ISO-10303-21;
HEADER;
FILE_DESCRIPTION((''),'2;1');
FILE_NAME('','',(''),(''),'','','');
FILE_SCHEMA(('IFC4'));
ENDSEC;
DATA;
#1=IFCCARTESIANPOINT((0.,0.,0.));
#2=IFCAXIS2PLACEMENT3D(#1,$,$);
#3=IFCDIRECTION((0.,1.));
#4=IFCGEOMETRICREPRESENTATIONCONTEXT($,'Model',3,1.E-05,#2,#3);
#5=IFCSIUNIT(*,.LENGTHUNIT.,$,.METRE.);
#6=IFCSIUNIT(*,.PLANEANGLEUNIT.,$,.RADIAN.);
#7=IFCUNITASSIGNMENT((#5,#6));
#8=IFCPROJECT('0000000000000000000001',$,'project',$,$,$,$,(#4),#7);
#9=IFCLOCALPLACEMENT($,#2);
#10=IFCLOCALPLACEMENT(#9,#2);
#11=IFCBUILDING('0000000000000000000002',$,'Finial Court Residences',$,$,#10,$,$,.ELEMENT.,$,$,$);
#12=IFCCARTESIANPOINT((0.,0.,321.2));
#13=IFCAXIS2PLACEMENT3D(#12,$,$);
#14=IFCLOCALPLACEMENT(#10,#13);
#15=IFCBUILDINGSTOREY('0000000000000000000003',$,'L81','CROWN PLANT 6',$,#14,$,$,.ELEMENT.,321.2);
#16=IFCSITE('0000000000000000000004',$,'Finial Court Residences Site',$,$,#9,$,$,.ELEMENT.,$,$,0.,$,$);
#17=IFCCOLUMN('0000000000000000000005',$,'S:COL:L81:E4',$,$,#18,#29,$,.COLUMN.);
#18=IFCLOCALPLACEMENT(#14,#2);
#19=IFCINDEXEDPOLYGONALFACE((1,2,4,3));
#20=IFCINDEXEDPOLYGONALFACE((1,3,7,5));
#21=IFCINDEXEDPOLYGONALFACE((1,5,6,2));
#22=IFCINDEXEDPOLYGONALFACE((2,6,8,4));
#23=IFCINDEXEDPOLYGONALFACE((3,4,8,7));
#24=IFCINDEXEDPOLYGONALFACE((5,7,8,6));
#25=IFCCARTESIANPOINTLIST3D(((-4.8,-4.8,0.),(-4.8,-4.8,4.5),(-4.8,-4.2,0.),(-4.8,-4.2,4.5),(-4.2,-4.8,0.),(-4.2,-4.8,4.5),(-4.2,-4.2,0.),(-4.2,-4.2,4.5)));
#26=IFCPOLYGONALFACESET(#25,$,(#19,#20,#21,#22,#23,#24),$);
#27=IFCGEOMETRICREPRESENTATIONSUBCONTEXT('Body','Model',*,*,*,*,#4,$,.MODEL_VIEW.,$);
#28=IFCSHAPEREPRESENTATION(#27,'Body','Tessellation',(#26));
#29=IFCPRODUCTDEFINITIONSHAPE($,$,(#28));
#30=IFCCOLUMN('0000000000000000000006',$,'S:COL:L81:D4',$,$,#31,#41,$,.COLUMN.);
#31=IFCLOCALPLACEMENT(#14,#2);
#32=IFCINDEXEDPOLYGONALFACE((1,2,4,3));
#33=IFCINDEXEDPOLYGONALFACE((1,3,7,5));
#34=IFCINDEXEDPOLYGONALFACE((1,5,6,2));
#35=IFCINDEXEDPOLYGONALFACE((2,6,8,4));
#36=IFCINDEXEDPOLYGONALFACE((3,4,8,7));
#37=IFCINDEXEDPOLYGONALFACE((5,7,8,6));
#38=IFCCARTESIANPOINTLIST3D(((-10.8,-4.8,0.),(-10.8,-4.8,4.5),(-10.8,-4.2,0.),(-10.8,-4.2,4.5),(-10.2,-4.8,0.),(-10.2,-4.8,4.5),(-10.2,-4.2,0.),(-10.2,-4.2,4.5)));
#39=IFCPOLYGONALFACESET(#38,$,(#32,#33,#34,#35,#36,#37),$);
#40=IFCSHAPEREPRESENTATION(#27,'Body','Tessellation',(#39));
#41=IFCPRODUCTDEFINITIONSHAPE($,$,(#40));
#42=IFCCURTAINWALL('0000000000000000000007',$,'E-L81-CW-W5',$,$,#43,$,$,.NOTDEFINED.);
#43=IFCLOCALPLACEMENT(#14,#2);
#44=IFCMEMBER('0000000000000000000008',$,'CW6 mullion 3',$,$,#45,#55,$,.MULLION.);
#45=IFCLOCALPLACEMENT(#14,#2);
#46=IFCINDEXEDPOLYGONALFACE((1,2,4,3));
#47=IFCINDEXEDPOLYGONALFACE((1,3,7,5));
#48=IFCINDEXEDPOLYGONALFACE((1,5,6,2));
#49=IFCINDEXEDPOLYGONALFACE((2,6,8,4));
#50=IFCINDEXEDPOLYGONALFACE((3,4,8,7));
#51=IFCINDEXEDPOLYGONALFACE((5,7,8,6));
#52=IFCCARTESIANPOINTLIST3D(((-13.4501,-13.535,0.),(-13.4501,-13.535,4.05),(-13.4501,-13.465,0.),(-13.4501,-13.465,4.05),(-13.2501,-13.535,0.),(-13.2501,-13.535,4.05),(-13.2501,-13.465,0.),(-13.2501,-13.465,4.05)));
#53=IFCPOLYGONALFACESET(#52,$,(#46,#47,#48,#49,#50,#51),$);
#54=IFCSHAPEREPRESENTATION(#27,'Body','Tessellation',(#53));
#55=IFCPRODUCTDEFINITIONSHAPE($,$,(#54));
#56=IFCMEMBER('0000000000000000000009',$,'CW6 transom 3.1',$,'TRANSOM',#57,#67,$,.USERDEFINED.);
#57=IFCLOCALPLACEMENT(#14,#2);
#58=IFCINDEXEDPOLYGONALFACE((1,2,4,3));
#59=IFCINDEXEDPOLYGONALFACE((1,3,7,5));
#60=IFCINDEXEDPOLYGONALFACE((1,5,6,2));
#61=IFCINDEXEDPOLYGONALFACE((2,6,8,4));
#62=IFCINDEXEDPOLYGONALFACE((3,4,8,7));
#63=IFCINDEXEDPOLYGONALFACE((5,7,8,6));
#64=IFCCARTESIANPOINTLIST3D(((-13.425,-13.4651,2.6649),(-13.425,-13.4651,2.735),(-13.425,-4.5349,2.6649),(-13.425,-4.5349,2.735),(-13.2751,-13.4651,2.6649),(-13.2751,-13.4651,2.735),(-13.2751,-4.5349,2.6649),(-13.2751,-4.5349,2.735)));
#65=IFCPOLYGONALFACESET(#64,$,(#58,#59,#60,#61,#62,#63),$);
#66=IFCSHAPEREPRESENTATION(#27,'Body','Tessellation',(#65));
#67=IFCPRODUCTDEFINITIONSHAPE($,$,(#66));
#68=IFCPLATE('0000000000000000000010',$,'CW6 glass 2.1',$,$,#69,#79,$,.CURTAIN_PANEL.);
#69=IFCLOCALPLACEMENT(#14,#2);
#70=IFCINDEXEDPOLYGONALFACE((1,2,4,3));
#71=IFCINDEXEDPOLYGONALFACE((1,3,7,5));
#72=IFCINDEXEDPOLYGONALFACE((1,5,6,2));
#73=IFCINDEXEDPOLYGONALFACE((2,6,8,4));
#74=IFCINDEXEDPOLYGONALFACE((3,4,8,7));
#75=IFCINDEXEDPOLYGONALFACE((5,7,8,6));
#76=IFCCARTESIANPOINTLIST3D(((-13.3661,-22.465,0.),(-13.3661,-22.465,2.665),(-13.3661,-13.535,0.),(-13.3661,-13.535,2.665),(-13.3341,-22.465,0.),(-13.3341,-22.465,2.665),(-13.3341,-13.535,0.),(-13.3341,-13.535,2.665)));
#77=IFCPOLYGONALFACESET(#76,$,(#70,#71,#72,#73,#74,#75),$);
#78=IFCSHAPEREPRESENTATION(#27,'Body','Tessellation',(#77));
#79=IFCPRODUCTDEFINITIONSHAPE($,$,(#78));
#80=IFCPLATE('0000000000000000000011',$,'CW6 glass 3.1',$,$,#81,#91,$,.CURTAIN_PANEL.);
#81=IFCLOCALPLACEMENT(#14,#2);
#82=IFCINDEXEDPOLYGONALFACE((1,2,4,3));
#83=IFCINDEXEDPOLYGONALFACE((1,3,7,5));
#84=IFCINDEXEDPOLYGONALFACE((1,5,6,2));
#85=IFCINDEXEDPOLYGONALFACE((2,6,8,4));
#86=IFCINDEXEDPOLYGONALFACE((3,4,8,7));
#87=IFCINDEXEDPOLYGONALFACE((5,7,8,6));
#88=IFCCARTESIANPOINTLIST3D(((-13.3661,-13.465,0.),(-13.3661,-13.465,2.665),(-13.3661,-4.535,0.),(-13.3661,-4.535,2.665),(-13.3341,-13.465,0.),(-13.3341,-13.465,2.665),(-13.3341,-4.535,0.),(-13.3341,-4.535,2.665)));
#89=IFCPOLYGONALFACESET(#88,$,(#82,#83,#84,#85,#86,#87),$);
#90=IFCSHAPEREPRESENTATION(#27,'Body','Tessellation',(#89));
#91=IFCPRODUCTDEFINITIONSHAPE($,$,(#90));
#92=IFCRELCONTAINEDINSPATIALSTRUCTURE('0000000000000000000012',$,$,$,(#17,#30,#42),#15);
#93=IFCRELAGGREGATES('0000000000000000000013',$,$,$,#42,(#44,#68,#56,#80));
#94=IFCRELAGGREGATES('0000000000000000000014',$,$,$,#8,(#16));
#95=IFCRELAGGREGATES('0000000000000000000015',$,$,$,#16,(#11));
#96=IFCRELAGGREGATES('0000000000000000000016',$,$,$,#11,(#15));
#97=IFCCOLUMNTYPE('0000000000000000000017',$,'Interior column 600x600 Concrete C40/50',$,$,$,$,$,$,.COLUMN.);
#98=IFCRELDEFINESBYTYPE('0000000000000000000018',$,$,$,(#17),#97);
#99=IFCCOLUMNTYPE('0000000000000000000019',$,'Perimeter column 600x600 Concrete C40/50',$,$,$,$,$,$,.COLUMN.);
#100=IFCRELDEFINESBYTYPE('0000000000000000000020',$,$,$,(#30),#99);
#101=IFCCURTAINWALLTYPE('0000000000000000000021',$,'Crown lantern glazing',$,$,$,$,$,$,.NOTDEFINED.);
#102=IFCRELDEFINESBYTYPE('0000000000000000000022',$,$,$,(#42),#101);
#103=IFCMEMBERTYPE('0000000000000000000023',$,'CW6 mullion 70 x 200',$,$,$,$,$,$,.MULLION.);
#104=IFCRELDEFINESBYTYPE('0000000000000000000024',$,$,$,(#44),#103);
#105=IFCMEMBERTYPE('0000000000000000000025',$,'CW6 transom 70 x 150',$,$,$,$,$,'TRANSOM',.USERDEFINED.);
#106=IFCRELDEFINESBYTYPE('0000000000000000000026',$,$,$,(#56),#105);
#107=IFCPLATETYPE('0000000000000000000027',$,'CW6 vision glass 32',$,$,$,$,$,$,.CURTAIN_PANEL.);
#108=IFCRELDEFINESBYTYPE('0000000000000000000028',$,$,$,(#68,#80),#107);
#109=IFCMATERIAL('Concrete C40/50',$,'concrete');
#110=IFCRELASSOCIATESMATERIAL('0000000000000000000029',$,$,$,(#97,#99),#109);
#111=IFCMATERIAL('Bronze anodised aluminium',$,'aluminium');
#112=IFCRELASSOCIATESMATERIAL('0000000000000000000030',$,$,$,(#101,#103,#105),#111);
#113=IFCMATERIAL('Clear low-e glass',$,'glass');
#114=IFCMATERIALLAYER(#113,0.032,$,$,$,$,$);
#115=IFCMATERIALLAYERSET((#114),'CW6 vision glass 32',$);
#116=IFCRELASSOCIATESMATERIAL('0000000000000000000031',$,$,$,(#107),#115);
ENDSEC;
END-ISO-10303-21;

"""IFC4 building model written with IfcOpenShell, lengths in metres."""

from ifc_helpers import new_model, si_unit, direction, frame, origin, origin_2d, place, context, subcontext, project, spatial, rectangle, extrude, material, layer, layer_set, material_profile, profile_set, type_object, element, aggregate, save


model = new_model("IFC4")

# Units and contexts
model_context = context("Model", 3, precision=1e-05, world=origin(), true_north=direction((0.0, 1.0)))
body_context = subcontext(model_context, "Body", "Model", "MODEL_VIEW")
ifc_project = project(units=[si_unit("LENGTHUNIT", "METRE"), si_unit("PLANEANGLEUNIT", "RADIAN")], contexts=[model_context])

# Site, building, storey
site_placement = place(None, origin())
site = spatial("IfcSite", under=ifc_project, at=site_placement, Name="Finial Court Residences Site", CompositionType="ELEMENT", RefElevation=0.0)
building_placement = place(site_placement, origin())
building = spatial("IfcBuilding", under=site, at=building_placement, Name="Finial Court Residences", CompositionType="ELEMENT")
storey_placement = place(building_placement, frame((0.0, 0.0, 321.2)))
storey = spatial("IfcBuildingStorey", under=building, at=storey_placement, Name="L81", Description="CROWN PLANT 6", CompositionType="ELEMENT", Elevation=321.2)

# Columns
ifc_material_1 = material(Name="Concrete C40/50", Category="concrete")
ifc_material_profile_1 = material_profile(ifc_material_1, rectangle(XDim=0.6001, YDim=0.6001, at=origin_2d()), Name="600x600")
ifc_profile_set_1 = profile_set([ifc_material_profile_1], Name="Concrete C40/50")
column_type_1 = type_object("IfcColumnType", Name="Interior column 600x600 Concrete C40/50", PredefinedType="COLUMN", material=ifc_profile_set_1)
column_1_placement = place(storey_placement, frame((-4.5, -4.5, 0.0), z_axis=(0.0, 0.0, 1.0), x_axis=(1.0, 0.0, 0.0)))
element("IfcColumn", 1, at=column_1_placement, inside=storey, type_object=column_type_1, Name="S:COL:L81:E4", PredefinedType="COLUMN", context=body_context, shape_type="SweptSolid", body=[
    extrude(rectangle(XDim=0.6001, YDim=0.6001, at=origin_2d()), origin(), (0.0, 0.0, 1.0), 4.5),
])
ifc_material_profile_2 = material_profile(ifc_material_1, rectangle(XDim=0.6001, YDim=0.6001, at=origin_2d()), Name="600x600")
ifc_profile_set_2 = profile_set([ifc_material_profile_2], Name="Concrete C40/50")
column_type_2 = type_object("IfcColumnType", Name="Perimeter column 600x600 Concrete C40/50", PredefinedType="COLUMN", material=ifc_profile_set_2)
column_2_placement = place(storey_placement, frame((-10.5, -4.5, 0.0), z_axis=(0.0, 0.0, 1.0), x_axis=(1.0, 0.0, 0.0)))
element("IfcColumn", 2, at=column_2_placement, inside=storey, type_object=column_type_2, Name="S:COL:L81:D4", PredefinedType="COLUMN", context=body_context, shape_type="SweptSolid", body=[
    extrude(rectangle(XDim=0.6001, YDim=0.6001, at=origin_2d()), origin(), (0.0, 0.0, 1.0), 4.5),
])

# Curtain wall, members, plates
ifc_material_2 = material(Name="Bronze anodised aluminium", Category="aluminium")
curtain_wall_type = type_object("IfcCurtainWallType", Name="Crown lantern glazing", PredefinedType="NOTDEFINED", material=ifc_material_2)
curtain_wall_placement = place(storey_placement, origin())
curtain_wall = element("IfcCurtainWall", 3, at=curtain_wall_placement, inside=storey, type_object=curtain_wall_type, Name="E-L81-CW-W5", PredefinedType="NOTDEFINED")
ifc_material_profile_3 = material_profile(ifc_material_2, rectangle(XDim=0.2, YDim=0.0701, at=origin_2d()), Name="CW6 mullion 70 x 200")
ifc_profile_set_3 = profile_set([ifc_material_profile_3], Name="Bronze anodised aluminium")
member_type_1 = type_object("IfcMemberType", Name="CW6 mullion 70 x 200", PredefinedType="MULLION", material=ifc_profile_set_3)
member_1_placement = place(storey_placement, frame((-13.3501, -13.5, 0.0), z_axis=(0.0, 0.0, 1.0), x_axis=(-1.0, 0.0, 0.0)))
member_1 = element("IfcMember", 4, at=member_1_placement, type_object=member_type_1, Name="CW6 mullion 3", PredefinedType="MULLION", context=body_context, shape_type="SweptSolid", body=[
    extrude(rectangle(XDim=0.2, YDim=0.0701, at=origin_2d()), origin(), (0.0, 0.0, 1.0), 4.05),
])
ifc_material_profile_4 = material_profile(ifc_material_2, rectangle(XDim=0.1499, YDim=0.0701, at=origin_2d()), Name="CW6 transom 70 x 150")
ifc_profile_set_4 = profile_set([ifc_material_profile_4], Name="Bronze anodised aluminium")
member_type_2 = type_object("IfcMemberType", Name="CW6 transom 70 x 150", ElementType="TRANSOM", PredefinedType="USERDEFINED", material=ifc_profile_set_4)
member_2_placement = place(storey_placement, frame((-13.3501, -13.4651, 2.7), z_axis=(0.0, 1.0, 0.0), x_axis=(-1.0, 0.0, 0.0)))
member_2 = element("IfcMember", 5, at=member_2_placement, type_object=member_type_2, Name="CW6 transom 3.1", ObjectType="TRANSOM", PredefinedType="USERDEFINED", context=body_context, shape_type="SweptSolid", body=[
    extrude(rectangle(XDim=0.1499, YDim=0.0701, at=origin_2d()), origin(), (0.0, 0.0, 1.0), 8.9302),
])
ifc_material_3 = material(Name="Clear low-e glass", Category="glass")
ifc_layer_1 = layer(ifc_material_3, 0.032)
ifc_layer_set_1 = layer_set([ifc_layer_1], Name="CW6 vision glass 32")
plate_type = type_object("IfcPlateType", Name="CW6 vision glass 32", PredefinedType="CURTAIN_PANEL", material=ifc_layer_set_1)
plate_1_placement = place(storey_placement, frame((-13.3501, -18.0, 0.0), z_axis=(0.0, 0.0, 1.0), x_axis=(0.0, 1.0, 0.0)))
plate_1 = element("IfcPlate", 6, at=plate_1_placement, type_object=plate_type, Name="CW6 glass 2.1", PredefinedType="CURTAIN_PANEL", context=body_context, shape_type="SweptSolid", body=[
    extrude(rectangle(XDim=8.9299, YDim=0.032, at=origin_2d()), origin(), (0.0, 0.0, 1.0), 2.665),
])
plate_2_placement = place(storey_placement, frame((-13.3501, -9.0, 0.0), z_axis=(0.0, 0.0, 1.0), x_axis=(0.0, 1.0, 0.0)))
plate_2 = element("IfcPlate", 7, at=plate_2_placement, type_object=plate_type, Name="CW6 glass 3.1", PredefinedType="CURTAIN_PANEL", context=body_context, shape_type="SweptSolid", body=[
    extrude(rectangle(XDim=8.9299, YDim=0.032, at=origin_2d()), origin(), (0.0, 0.0, 1.0), 2.665),
])

aggregate(curtain_wall, [member_1, plate_1, member_2, plate_2])

save(model, "model.ifc")
